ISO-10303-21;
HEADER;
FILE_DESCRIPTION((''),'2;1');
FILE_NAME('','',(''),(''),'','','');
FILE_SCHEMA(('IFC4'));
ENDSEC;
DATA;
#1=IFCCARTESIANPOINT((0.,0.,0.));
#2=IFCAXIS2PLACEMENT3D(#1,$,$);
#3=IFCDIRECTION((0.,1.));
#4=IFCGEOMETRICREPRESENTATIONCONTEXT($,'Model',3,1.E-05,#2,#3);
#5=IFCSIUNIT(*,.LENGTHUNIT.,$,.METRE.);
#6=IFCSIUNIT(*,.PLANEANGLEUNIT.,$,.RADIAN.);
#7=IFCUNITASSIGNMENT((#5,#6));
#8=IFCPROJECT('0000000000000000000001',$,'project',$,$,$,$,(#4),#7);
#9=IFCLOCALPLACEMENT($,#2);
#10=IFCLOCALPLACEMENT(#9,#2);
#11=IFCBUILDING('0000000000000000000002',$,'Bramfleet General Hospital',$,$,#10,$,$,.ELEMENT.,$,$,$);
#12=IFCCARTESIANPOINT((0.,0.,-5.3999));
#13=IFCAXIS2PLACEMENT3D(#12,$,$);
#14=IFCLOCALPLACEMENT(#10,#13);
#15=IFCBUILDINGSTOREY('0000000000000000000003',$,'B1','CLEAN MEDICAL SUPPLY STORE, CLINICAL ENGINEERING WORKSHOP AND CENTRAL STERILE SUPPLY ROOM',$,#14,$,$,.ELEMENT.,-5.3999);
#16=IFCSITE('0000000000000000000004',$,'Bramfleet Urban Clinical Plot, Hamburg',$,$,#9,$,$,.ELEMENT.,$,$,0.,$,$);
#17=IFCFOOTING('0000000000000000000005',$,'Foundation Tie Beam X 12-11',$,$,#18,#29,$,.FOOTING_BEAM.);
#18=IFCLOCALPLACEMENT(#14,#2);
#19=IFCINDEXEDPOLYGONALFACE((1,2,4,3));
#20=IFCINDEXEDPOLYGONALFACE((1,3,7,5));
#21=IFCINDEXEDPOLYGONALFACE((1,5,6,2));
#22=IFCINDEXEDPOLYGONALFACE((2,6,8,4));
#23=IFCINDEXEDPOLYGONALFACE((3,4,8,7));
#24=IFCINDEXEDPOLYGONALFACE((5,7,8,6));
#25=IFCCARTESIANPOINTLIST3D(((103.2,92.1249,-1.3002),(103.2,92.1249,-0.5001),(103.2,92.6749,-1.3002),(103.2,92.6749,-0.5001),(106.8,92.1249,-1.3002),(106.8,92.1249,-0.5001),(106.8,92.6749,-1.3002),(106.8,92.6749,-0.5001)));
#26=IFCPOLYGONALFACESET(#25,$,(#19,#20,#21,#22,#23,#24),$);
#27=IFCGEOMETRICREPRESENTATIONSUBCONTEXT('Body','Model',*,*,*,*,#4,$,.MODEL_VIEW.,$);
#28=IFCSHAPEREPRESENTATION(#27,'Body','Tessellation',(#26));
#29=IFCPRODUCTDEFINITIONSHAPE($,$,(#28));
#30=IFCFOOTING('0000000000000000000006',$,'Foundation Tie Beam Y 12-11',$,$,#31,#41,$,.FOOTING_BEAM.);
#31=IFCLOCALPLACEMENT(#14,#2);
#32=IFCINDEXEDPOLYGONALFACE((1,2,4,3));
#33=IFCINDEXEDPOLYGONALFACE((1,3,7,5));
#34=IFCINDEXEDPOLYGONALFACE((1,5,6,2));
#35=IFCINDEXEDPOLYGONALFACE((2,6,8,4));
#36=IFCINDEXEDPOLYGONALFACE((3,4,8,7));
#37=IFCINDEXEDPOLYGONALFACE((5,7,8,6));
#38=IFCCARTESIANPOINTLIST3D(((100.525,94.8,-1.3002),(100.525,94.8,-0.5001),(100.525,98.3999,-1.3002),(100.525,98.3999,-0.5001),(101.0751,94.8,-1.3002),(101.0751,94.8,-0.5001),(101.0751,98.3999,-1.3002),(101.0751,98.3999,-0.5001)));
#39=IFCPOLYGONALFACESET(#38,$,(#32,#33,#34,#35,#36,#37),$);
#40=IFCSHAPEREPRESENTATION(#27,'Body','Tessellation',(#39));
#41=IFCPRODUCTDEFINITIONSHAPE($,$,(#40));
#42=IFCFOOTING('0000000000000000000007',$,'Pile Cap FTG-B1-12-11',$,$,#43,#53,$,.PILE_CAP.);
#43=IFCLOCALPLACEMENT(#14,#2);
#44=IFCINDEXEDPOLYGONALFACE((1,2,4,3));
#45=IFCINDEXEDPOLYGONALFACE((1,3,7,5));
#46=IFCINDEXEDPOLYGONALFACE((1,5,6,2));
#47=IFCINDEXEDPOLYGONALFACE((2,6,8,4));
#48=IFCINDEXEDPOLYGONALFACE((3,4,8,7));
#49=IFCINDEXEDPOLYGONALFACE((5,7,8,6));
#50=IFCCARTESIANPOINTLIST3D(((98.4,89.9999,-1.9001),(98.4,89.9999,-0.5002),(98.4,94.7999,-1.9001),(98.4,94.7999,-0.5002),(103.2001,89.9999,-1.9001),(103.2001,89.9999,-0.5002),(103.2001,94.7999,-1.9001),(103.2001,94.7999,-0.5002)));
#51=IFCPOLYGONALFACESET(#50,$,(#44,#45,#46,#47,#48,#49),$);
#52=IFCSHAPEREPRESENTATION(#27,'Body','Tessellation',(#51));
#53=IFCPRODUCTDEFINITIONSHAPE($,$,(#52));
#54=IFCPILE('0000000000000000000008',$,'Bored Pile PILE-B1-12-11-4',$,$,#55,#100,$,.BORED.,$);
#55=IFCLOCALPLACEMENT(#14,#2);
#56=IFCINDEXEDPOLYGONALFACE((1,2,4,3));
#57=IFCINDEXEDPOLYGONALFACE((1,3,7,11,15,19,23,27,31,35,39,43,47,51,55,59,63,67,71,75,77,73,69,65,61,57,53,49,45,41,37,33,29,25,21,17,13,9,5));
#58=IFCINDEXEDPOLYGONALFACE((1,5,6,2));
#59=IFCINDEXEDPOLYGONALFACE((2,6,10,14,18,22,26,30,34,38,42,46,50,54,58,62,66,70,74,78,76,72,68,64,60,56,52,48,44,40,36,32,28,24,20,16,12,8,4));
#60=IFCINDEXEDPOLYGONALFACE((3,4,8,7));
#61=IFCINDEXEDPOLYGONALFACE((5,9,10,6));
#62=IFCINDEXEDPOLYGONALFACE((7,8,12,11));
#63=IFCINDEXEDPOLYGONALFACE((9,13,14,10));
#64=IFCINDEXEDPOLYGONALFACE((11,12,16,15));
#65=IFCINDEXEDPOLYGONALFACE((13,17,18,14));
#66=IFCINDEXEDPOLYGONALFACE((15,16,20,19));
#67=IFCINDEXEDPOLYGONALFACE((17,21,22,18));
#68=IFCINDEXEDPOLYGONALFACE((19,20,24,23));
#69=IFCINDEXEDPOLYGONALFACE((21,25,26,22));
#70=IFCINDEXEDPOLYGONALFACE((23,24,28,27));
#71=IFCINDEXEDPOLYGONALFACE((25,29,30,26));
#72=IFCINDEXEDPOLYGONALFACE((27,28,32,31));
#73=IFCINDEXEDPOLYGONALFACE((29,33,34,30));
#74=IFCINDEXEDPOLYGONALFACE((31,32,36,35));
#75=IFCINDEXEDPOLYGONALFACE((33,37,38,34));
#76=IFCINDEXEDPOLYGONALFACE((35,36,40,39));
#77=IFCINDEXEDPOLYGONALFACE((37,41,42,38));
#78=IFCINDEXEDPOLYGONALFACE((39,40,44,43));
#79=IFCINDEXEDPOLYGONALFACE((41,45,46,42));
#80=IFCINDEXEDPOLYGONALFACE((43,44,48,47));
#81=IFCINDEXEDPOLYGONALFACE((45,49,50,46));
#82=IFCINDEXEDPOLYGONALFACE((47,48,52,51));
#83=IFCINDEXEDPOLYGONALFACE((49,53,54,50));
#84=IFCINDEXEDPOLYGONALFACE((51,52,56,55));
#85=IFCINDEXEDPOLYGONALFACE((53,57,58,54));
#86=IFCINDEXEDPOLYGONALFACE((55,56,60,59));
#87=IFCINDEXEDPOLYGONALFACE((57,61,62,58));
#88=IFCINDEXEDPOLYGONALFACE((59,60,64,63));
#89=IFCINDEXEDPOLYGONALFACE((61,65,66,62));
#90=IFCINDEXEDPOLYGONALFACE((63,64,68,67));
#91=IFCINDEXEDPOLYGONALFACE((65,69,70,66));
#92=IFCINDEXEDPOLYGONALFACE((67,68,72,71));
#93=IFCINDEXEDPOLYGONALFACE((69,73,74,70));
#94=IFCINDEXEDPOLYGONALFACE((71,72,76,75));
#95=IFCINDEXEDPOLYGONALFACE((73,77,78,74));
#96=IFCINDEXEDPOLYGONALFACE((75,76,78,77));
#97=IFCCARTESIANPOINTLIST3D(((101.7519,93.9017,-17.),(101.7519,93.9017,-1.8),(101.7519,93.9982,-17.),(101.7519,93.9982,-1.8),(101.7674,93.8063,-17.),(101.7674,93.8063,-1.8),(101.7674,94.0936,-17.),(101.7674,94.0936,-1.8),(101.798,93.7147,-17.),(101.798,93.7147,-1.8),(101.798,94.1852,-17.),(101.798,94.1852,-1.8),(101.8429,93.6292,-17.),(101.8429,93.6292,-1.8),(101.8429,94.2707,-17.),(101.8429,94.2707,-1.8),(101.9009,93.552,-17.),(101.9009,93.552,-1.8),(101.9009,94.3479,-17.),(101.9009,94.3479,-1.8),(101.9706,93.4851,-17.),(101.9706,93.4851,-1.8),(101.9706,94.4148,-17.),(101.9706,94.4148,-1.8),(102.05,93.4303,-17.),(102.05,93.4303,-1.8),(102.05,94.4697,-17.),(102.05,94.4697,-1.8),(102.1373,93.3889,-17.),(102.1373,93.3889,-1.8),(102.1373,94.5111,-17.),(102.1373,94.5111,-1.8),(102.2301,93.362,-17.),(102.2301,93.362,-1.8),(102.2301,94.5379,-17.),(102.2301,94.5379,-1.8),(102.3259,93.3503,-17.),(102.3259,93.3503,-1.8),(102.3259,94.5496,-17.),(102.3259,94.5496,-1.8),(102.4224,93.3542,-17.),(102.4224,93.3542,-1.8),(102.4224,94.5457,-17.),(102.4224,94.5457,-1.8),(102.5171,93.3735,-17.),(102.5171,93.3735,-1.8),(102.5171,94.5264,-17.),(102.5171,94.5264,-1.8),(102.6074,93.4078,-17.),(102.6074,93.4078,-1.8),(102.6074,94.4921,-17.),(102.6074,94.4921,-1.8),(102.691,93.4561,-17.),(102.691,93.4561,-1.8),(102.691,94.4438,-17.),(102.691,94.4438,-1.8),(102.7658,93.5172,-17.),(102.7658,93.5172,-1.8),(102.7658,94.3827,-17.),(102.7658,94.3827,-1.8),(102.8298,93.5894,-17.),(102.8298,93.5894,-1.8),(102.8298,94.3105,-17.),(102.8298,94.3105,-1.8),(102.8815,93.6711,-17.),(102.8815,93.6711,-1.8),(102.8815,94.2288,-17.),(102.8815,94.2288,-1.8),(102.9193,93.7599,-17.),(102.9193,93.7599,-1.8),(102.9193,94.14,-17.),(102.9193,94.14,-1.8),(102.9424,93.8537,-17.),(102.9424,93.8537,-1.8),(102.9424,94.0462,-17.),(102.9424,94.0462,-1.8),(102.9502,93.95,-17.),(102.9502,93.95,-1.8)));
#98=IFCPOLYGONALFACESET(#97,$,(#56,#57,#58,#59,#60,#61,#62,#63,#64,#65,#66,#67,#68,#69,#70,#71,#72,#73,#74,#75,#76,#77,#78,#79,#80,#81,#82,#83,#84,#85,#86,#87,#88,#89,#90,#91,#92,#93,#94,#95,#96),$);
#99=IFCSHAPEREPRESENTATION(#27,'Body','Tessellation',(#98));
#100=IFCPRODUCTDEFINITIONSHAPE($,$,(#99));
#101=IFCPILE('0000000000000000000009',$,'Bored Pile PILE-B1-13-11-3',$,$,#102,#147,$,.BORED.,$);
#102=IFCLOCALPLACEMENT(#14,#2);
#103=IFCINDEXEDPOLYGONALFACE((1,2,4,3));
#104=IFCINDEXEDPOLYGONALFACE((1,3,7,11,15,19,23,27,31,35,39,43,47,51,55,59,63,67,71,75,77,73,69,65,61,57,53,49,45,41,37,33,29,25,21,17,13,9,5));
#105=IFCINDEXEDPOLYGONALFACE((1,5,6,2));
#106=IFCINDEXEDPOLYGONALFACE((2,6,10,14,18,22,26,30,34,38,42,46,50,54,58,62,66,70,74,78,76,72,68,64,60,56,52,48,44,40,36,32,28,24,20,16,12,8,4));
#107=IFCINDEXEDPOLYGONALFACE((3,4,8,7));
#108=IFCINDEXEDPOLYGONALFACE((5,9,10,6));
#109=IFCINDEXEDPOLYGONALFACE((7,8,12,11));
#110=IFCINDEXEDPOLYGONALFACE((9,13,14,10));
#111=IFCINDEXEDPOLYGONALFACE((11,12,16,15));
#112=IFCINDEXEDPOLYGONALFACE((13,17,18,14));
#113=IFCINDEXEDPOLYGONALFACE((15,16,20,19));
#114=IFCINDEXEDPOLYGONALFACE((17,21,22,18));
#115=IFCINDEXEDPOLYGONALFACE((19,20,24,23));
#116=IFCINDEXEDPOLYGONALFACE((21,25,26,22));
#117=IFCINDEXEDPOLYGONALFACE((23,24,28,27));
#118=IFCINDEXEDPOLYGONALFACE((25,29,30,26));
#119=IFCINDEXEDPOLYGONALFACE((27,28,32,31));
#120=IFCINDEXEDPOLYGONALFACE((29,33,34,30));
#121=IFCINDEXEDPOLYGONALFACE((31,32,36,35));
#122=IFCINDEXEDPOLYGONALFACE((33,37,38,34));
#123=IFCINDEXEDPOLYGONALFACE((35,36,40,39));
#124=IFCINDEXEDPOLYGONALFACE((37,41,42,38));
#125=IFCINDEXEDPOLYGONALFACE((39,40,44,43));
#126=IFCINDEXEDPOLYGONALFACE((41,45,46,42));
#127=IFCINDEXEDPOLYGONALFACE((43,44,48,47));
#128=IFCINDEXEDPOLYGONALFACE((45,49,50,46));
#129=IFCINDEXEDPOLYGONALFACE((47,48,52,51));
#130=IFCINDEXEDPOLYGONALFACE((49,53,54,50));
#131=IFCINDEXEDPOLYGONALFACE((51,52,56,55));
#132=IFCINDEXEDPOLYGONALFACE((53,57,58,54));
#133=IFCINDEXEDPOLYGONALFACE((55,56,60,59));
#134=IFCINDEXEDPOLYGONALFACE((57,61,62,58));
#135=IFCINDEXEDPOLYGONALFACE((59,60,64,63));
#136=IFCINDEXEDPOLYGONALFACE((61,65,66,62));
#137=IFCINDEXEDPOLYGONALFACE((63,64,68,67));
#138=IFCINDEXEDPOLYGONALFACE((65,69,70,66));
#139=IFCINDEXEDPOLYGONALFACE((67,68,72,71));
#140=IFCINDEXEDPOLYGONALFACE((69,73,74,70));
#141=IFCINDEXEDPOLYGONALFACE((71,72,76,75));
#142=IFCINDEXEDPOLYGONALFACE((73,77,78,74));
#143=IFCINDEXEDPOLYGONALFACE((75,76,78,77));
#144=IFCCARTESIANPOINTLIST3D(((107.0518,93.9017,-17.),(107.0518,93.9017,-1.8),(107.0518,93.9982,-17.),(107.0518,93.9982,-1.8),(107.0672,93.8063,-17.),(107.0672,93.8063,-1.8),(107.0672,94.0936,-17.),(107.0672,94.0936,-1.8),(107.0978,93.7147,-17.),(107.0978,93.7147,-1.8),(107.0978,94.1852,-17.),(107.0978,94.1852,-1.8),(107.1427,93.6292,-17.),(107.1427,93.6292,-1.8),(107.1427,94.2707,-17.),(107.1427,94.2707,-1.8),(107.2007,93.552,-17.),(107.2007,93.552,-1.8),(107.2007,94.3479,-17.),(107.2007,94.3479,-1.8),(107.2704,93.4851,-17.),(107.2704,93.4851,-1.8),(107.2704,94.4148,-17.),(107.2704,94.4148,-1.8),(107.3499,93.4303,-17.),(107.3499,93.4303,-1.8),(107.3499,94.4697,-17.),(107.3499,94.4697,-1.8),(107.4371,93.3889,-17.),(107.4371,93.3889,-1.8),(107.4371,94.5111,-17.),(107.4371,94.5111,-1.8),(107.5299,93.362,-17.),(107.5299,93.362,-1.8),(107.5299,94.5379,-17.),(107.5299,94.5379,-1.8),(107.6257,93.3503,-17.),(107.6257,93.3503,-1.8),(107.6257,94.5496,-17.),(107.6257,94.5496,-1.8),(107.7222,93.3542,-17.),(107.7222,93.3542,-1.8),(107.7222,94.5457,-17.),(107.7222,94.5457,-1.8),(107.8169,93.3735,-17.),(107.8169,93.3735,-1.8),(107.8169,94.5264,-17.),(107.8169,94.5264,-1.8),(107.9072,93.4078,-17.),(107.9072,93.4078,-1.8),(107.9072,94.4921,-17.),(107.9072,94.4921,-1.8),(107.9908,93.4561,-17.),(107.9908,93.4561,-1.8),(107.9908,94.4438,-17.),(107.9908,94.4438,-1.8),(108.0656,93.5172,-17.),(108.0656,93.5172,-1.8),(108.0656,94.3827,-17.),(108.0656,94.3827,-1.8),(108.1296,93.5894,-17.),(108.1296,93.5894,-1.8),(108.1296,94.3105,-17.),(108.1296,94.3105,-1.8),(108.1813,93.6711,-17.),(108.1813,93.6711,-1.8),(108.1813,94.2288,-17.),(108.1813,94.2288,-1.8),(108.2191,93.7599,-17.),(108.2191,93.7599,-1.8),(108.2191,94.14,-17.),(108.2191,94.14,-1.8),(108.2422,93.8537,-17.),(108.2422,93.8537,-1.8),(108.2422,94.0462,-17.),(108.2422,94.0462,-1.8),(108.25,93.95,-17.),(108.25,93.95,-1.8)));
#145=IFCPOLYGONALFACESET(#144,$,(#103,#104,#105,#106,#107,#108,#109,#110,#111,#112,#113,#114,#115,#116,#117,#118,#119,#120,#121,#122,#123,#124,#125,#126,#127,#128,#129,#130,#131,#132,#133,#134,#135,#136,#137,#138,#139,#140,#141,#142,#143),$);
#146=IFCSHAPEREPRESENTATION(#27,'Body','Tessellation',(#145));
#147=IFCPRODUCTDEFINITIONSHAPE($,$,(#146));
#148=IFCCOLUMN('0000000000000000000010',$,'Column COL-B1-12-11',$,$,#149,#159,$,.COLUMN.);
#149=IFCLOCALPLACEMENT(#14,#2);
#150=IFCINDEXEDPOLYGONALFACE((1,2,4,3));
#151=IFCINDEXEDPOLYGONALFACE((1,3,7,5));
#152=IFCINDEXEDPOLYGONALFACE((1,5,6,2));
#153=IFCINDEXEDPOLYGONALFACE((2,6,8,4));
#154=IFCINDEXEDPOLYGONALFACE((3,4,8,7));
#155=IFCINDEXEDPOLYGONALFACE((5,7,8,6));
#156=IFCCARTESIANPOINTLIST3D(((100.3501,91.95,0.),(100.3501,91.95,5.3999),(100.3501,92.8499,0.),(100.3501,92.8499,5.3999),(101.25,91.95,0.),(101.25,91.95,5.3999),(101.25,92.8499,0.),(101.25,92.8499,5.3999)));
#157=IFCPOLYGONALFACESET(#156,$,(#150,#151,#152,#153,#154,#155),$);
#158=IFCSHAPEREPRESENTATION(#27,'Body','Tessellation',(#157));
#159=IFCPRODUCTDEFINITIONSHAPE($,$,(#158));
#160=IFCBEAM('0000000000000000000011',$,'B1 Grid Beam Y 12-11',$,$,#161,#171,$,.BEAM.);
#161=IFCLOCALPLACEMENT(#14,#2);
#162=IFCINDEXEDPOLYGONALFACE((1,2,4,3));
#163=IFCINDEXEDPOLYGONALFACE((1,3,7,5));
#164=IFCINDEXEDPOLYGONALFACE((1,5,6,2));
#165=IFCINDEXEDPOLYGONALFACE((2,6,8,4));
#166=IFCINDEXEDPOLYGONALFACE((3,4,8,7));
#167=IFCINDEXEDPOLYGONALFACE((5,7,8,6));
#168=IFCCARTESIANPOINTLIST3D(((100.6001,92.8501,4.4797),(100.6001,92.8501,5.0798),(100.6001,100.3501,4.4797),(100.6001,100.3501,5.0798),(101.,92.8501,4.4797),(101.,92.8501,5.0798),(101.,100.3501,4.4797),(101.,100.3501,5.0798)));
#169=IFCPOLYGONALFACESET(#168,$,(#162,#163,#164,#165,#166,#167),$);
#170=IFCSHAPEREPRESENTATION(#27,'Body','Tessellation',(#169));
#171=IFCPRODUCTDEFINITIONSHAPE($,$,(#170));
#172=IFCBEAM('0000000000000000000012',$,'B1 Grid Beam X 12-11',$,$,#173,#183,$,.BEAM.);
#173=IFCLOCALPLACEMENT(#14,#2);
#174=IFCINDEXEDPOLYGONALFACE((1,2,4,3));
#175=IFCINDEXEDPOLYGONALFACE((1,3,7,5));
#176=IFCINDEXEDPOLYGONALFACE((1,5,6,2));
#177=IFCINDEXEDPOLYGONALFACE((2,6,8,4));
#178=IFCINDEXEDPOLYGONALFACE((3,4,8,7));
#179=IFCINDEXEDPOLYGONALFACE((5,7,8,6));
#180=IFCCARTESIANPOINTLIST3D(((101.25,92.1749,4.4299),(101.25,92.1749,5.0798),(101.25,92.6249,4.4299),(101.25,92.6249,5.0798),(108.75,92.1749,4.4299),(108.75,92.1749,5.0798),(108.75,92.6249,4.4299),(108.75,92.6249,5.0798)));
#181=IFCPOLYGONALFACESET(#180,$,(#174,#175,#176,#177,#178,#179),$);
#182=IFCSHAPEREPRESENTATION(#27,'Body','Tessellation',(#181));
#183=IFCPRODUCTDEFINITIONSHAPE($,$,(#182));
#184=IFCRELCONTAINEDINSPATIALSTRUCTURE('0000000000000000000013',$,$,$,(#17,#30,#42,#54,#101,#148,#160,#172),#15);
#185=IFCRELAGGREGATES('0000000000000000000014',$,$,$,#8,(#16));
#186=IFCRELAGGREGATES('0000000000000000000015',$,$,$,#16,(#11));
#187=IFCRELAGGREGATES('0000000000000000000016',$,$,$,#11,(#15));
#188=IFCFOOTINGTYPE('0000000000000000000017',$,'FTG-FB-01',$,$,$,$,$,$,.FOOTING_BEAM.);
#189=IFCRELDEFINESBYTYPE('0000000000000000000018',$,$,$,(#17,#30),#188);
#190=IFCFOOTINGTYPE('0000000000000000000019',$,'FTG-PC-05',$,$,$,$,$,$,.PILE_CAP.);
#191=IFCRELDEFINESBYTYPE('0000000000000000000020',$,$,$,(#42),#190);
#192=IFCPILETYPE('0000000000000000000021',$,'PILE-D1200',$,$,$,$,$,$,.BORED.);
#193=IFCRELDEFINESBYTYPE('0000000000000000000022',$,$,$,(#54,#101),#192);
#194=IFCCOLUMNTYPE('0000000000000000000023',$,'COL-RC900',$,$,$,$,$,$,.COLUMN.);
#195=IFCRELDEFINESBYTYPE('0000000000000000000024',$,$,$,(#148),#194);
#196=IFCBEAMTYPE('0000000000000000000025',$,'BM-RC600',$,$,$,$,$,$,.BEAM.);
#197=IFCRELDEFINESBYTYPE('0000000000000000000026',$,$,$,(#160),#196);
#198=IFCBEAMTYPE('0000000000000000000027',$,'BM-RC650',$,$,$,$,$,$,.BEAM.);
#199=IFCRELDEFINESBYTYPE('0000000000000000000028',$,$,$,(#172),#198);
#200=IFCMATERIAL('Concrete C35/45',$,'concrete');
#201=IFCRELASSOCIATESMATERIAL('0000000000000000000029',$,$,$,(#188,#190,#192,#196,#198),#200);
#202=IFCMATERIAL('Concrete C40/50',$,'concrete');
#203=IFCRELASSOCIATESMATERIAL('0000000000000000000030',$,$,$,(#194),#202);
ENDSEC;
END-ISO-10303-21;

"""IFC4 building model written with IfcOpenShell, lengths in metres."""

from ifc_helpers import new_model, si_unit, direction, frame, origin, origin_2d, place, context, subcontext, project, spatial, rectangle, circle, extrude, material, material_profile, profile_set, type_object, element, save


model = new_model("IFC4")

# Units and contexts
model_context = context("Model", 3, precision=1e-05, world=origin(), true_north=direction((0.0, 1.0)))
body_context = subcontext(model_context, "Body", "Model", "MODEL_VIEW")
ifc_project = project(units=[si_unit("LENGTHUNIT", "METRE"), si_unit("PLANEANGLEUNIT", "RADIAN")], contexts=[model_context])

# Site, building, storey
site_placement = place(None, origin())
site = spatial("IfcSite", under=ifc_project, at=site_placement, Name="Bramfleet Urban Clinical Plot, Hamburg", CompositionType="ELEMENT", RefElevation=0.0)
building_placement = place(site_placement, origin())
building = spatial("IfcBuilding", under=site, at=building_placement, Name="Bramfleet General Hospital", CompositionType="ELEMENT")
storey_placement = place(building_placement, frame((0.0, 0.0, -5.3999)))
storey = spatial("IfcBuildingStorey", under=building, at=storey_placement, Name="B1", Description="CLEAN MEDICAL SUPPLY STORE, CLINICAL ENGINEERING WORKSHOP AND CENTRAL STERILE SUPPLY ROOM", CompositionType="ELEMENT", Elevation=-5.3999)

# Footings
ifc_material_1 = material(Name="Concrete C35/45", Category="concrete")
ifc_material_profile_1 = material_profile(ifc_material_1, rectangle(XDim=0.55, YDim=0.8, at=origin_2d()), Name="RC FB 800x550")
ifc_profile_set_1 = profile_set([ifc_material_profile_1], Name="Concrete C35/45")
footing_type_1 = type_object("IfcFootingType", Name="FTG-FB-01", PredefinedType="FOOTING_BEAM", material=ifc_profile_set_1)
footing_1_placement = place(storey_placement, frame((103.2, 92.3999, -0.9001), z_axis=(1.0, 0.0, 0.0), x_axis=(0.0, 1.0, 0.0)))
element("IfcFooting", 1, at=footing_1_placement, inside=storey, type_object=footing_type_1, Name="Foundation Tie Beam X 12-11", PredefinedType="FOOTING_BEAM", context=body_context, shape_type="SweptSolid", body=[
    extrude(rectangle(XDim=0.55, YDim=0.8, at=origin_2d()), origin(), (0.0, 0.0, 1.0), 3.6001),
])
footing_2_placement = place(storey_placement, frame((100.8, 94.8, -0.9001), z_axis=(0.0, 1.0, 0.0), x_axis=(-1.0, 0.0, 0.0)))
element("IfcFooting", 2, at=footing_2_placement, inside=storey, type_object=footing_type_1, Name="Foundation Tie Beam Y 12-11", PredefinedType="FOOTING_BEAM", context=body_context, shape_type="SweptSolid", body=[
    extrude(rectangle(XDim=0.55, YDim=0.8, at=origin_2d()), origin(), (0.0, 0.0, 1.0), 3.5999),
])
footing_type_2 = type_object("IfcFootingType", Name="FTG-PC-05", PredefinedType="PILE_CAP", material=ifc_material_1)
footing_3_placement = place(storey_placement, frame((100.8, 92.3999, -1.9001), z_axis=(0.0, 0.0, 1.0), x_axis=(1.0, 0.0, 0.0)))
element("IfcFooting", 3, at=footing_3_placement, inside=storey, type_object=footing_type_2, Name="Pile Cap FTG-B1-12-11", PredefinedType="PILE_CAP", context=body_context, shape_type="SweptSolid", body=[
    extrude(rectangle(XDim=4.8, YDim=4.8, at=origin_2d()), origin(), (0.0, 0.0, 1.0), 1.3999),
])

# Piles
ifc_material_profile_2 = material_profile(ifc_material_1, circle(Radius=0.6001, at=origin_2d()), Name="PILE BORED D1200")
ifc_profile_set_2 = profile_set([ifc_material_profile_2], Name="Concrete C35/45")
pile_type = type_object("IfcPileType", Name="PILE-D1200", PredefinedType="BORED", material=ifc_profile_set_2)
for number, where, z_axis, x_axis, name in (
    (4, (102.3501, 93.95, -1.8), (0.0, 0.0, -1.0), (1.0, 0.0, 0.0), "Bored Pile PILE-B1-12-11-4"),
    (5, (107.6499, 93.95, -1.8), (0.0, 0.0, -1.0), (1.0, 0.0, 0.0), "Bored Pile PILE-B1-13-11-3"),
):
    element("IfcPile", number, at=place(storey_placement, frame(where, z_axis=z_axis, x_axis=x_axis)), inside=storey, type_object=pile_type, Name=name, PredefinedType="BORED", context=body_context, shape_type="SweptSolid", body=[
        extrude(circle(Radius=0.6001, at=origin_2d()), origin(), (0.0, 0.0, 1.0), 15.2),
    ])

# Column
ifc_material_2 = material(Name="Concrete C40/50", Category="concrete")
ifc_material_profile_3 = material_profile(ifc_material_2, rectangle(XDim=0.8999, YDim=0.8999, at=origin_2d()), Name="RC COL 900x900")
ifc_profile_set_3 = profile_set([ifc_material_profile_3], Name="Concrete C40/50")
column_type = type_object("IfcColumnType", Name="COL-RC900", PredefinedType="COLUMN", material=ifc_profile_set_3)
column_placement = place(storey_placement, frame((100.8, 92.3999, 0.0), z_axis=(0.0, 0.0, 1.0), x_axis=(1.0, 0.0, 0.0)))
element("IfcColumn", 6, at=column_placement, inside=storey, type_object=column_type, Name="Column COL-B1-12-11", PredefinedType="COLUMN", context=body_context, shape_type="SweptSolid", body=[
    extrude(rectangle(XDim=0.8999, YDim=0.8999, at=origin_2d()), origin(), (0.0, 0.0, 1.0), 5.3999),
])

# Beams
ifc_material_profile_4 = material_profile(ifc_material_1, rectangle(XDim=0.3999, YDim=0.6001, at=origin_2d()), Name="RC BM 600x400")
ifc_profile_set_4 = profile_set([ifc_material_profile_4], Name="Concrete C35/45")
beam_type_1 = type_object("IfcBeamType", Name="BM-RC600", PredefinedType="BEAM", material=ifc_profile_set_4)
beam_1_placement = place(storey_placement, frame((100.8, 92.8501, 4.7798), z_axis=(0.0, 1.0, 0.0), x_axis=(-1.0, 0.0, 0.0)))
element("IfcBeam", 7, at=beam_1_placement, inside=storey, type_object=beam_type_1, Name="B1 Grid Beam Y 12-11", PredefinedType="BEAM", context=body_context, shape_type="SweptSolid", body=[
    extrude(rectangle(XDim=0.3999, YDim=0.6001, at=origin_2d()), origin(), (0.0, 0.0, 1.0), 7.5),
])
ifc_material_profile_5 = material_profile(ifc_material_1, rectangle(XDim=0.45, YDim=0.6499, at=origin_2d()), Name="RC BM 650x450")
ifc_profile_set_5 = profile_set([ifc_material_profile_5], Name="Concrete C35/45")
beam_type_2 = type_object("IfcBeamType", Name="BM-RC650", PredefinedType="BEAM", material=ifc_profile_set_5)
beam_2_placement = place(storey_placement, frame((101.25, 92.3999, 4.7549), z_axis=(1.0, 0.0, 0.0), x_axis=(0.0, 1.0, 0.0)))
element("IfcBeam", 8, at=beam_2_placement, inside=storey, type_object=beam_type_2, Name="B1 Grid Beam X 12-11", PredefinedType="BEAM", context=body_context, shape_type="SweptSolid", body=[
    extrude(rectangle(XDim=0.45, YDim=0.6499, at=origin_2d()), origin(), (0.0, 0.0, 1.0), 7.5),
])

save(model, "model.ifc")
